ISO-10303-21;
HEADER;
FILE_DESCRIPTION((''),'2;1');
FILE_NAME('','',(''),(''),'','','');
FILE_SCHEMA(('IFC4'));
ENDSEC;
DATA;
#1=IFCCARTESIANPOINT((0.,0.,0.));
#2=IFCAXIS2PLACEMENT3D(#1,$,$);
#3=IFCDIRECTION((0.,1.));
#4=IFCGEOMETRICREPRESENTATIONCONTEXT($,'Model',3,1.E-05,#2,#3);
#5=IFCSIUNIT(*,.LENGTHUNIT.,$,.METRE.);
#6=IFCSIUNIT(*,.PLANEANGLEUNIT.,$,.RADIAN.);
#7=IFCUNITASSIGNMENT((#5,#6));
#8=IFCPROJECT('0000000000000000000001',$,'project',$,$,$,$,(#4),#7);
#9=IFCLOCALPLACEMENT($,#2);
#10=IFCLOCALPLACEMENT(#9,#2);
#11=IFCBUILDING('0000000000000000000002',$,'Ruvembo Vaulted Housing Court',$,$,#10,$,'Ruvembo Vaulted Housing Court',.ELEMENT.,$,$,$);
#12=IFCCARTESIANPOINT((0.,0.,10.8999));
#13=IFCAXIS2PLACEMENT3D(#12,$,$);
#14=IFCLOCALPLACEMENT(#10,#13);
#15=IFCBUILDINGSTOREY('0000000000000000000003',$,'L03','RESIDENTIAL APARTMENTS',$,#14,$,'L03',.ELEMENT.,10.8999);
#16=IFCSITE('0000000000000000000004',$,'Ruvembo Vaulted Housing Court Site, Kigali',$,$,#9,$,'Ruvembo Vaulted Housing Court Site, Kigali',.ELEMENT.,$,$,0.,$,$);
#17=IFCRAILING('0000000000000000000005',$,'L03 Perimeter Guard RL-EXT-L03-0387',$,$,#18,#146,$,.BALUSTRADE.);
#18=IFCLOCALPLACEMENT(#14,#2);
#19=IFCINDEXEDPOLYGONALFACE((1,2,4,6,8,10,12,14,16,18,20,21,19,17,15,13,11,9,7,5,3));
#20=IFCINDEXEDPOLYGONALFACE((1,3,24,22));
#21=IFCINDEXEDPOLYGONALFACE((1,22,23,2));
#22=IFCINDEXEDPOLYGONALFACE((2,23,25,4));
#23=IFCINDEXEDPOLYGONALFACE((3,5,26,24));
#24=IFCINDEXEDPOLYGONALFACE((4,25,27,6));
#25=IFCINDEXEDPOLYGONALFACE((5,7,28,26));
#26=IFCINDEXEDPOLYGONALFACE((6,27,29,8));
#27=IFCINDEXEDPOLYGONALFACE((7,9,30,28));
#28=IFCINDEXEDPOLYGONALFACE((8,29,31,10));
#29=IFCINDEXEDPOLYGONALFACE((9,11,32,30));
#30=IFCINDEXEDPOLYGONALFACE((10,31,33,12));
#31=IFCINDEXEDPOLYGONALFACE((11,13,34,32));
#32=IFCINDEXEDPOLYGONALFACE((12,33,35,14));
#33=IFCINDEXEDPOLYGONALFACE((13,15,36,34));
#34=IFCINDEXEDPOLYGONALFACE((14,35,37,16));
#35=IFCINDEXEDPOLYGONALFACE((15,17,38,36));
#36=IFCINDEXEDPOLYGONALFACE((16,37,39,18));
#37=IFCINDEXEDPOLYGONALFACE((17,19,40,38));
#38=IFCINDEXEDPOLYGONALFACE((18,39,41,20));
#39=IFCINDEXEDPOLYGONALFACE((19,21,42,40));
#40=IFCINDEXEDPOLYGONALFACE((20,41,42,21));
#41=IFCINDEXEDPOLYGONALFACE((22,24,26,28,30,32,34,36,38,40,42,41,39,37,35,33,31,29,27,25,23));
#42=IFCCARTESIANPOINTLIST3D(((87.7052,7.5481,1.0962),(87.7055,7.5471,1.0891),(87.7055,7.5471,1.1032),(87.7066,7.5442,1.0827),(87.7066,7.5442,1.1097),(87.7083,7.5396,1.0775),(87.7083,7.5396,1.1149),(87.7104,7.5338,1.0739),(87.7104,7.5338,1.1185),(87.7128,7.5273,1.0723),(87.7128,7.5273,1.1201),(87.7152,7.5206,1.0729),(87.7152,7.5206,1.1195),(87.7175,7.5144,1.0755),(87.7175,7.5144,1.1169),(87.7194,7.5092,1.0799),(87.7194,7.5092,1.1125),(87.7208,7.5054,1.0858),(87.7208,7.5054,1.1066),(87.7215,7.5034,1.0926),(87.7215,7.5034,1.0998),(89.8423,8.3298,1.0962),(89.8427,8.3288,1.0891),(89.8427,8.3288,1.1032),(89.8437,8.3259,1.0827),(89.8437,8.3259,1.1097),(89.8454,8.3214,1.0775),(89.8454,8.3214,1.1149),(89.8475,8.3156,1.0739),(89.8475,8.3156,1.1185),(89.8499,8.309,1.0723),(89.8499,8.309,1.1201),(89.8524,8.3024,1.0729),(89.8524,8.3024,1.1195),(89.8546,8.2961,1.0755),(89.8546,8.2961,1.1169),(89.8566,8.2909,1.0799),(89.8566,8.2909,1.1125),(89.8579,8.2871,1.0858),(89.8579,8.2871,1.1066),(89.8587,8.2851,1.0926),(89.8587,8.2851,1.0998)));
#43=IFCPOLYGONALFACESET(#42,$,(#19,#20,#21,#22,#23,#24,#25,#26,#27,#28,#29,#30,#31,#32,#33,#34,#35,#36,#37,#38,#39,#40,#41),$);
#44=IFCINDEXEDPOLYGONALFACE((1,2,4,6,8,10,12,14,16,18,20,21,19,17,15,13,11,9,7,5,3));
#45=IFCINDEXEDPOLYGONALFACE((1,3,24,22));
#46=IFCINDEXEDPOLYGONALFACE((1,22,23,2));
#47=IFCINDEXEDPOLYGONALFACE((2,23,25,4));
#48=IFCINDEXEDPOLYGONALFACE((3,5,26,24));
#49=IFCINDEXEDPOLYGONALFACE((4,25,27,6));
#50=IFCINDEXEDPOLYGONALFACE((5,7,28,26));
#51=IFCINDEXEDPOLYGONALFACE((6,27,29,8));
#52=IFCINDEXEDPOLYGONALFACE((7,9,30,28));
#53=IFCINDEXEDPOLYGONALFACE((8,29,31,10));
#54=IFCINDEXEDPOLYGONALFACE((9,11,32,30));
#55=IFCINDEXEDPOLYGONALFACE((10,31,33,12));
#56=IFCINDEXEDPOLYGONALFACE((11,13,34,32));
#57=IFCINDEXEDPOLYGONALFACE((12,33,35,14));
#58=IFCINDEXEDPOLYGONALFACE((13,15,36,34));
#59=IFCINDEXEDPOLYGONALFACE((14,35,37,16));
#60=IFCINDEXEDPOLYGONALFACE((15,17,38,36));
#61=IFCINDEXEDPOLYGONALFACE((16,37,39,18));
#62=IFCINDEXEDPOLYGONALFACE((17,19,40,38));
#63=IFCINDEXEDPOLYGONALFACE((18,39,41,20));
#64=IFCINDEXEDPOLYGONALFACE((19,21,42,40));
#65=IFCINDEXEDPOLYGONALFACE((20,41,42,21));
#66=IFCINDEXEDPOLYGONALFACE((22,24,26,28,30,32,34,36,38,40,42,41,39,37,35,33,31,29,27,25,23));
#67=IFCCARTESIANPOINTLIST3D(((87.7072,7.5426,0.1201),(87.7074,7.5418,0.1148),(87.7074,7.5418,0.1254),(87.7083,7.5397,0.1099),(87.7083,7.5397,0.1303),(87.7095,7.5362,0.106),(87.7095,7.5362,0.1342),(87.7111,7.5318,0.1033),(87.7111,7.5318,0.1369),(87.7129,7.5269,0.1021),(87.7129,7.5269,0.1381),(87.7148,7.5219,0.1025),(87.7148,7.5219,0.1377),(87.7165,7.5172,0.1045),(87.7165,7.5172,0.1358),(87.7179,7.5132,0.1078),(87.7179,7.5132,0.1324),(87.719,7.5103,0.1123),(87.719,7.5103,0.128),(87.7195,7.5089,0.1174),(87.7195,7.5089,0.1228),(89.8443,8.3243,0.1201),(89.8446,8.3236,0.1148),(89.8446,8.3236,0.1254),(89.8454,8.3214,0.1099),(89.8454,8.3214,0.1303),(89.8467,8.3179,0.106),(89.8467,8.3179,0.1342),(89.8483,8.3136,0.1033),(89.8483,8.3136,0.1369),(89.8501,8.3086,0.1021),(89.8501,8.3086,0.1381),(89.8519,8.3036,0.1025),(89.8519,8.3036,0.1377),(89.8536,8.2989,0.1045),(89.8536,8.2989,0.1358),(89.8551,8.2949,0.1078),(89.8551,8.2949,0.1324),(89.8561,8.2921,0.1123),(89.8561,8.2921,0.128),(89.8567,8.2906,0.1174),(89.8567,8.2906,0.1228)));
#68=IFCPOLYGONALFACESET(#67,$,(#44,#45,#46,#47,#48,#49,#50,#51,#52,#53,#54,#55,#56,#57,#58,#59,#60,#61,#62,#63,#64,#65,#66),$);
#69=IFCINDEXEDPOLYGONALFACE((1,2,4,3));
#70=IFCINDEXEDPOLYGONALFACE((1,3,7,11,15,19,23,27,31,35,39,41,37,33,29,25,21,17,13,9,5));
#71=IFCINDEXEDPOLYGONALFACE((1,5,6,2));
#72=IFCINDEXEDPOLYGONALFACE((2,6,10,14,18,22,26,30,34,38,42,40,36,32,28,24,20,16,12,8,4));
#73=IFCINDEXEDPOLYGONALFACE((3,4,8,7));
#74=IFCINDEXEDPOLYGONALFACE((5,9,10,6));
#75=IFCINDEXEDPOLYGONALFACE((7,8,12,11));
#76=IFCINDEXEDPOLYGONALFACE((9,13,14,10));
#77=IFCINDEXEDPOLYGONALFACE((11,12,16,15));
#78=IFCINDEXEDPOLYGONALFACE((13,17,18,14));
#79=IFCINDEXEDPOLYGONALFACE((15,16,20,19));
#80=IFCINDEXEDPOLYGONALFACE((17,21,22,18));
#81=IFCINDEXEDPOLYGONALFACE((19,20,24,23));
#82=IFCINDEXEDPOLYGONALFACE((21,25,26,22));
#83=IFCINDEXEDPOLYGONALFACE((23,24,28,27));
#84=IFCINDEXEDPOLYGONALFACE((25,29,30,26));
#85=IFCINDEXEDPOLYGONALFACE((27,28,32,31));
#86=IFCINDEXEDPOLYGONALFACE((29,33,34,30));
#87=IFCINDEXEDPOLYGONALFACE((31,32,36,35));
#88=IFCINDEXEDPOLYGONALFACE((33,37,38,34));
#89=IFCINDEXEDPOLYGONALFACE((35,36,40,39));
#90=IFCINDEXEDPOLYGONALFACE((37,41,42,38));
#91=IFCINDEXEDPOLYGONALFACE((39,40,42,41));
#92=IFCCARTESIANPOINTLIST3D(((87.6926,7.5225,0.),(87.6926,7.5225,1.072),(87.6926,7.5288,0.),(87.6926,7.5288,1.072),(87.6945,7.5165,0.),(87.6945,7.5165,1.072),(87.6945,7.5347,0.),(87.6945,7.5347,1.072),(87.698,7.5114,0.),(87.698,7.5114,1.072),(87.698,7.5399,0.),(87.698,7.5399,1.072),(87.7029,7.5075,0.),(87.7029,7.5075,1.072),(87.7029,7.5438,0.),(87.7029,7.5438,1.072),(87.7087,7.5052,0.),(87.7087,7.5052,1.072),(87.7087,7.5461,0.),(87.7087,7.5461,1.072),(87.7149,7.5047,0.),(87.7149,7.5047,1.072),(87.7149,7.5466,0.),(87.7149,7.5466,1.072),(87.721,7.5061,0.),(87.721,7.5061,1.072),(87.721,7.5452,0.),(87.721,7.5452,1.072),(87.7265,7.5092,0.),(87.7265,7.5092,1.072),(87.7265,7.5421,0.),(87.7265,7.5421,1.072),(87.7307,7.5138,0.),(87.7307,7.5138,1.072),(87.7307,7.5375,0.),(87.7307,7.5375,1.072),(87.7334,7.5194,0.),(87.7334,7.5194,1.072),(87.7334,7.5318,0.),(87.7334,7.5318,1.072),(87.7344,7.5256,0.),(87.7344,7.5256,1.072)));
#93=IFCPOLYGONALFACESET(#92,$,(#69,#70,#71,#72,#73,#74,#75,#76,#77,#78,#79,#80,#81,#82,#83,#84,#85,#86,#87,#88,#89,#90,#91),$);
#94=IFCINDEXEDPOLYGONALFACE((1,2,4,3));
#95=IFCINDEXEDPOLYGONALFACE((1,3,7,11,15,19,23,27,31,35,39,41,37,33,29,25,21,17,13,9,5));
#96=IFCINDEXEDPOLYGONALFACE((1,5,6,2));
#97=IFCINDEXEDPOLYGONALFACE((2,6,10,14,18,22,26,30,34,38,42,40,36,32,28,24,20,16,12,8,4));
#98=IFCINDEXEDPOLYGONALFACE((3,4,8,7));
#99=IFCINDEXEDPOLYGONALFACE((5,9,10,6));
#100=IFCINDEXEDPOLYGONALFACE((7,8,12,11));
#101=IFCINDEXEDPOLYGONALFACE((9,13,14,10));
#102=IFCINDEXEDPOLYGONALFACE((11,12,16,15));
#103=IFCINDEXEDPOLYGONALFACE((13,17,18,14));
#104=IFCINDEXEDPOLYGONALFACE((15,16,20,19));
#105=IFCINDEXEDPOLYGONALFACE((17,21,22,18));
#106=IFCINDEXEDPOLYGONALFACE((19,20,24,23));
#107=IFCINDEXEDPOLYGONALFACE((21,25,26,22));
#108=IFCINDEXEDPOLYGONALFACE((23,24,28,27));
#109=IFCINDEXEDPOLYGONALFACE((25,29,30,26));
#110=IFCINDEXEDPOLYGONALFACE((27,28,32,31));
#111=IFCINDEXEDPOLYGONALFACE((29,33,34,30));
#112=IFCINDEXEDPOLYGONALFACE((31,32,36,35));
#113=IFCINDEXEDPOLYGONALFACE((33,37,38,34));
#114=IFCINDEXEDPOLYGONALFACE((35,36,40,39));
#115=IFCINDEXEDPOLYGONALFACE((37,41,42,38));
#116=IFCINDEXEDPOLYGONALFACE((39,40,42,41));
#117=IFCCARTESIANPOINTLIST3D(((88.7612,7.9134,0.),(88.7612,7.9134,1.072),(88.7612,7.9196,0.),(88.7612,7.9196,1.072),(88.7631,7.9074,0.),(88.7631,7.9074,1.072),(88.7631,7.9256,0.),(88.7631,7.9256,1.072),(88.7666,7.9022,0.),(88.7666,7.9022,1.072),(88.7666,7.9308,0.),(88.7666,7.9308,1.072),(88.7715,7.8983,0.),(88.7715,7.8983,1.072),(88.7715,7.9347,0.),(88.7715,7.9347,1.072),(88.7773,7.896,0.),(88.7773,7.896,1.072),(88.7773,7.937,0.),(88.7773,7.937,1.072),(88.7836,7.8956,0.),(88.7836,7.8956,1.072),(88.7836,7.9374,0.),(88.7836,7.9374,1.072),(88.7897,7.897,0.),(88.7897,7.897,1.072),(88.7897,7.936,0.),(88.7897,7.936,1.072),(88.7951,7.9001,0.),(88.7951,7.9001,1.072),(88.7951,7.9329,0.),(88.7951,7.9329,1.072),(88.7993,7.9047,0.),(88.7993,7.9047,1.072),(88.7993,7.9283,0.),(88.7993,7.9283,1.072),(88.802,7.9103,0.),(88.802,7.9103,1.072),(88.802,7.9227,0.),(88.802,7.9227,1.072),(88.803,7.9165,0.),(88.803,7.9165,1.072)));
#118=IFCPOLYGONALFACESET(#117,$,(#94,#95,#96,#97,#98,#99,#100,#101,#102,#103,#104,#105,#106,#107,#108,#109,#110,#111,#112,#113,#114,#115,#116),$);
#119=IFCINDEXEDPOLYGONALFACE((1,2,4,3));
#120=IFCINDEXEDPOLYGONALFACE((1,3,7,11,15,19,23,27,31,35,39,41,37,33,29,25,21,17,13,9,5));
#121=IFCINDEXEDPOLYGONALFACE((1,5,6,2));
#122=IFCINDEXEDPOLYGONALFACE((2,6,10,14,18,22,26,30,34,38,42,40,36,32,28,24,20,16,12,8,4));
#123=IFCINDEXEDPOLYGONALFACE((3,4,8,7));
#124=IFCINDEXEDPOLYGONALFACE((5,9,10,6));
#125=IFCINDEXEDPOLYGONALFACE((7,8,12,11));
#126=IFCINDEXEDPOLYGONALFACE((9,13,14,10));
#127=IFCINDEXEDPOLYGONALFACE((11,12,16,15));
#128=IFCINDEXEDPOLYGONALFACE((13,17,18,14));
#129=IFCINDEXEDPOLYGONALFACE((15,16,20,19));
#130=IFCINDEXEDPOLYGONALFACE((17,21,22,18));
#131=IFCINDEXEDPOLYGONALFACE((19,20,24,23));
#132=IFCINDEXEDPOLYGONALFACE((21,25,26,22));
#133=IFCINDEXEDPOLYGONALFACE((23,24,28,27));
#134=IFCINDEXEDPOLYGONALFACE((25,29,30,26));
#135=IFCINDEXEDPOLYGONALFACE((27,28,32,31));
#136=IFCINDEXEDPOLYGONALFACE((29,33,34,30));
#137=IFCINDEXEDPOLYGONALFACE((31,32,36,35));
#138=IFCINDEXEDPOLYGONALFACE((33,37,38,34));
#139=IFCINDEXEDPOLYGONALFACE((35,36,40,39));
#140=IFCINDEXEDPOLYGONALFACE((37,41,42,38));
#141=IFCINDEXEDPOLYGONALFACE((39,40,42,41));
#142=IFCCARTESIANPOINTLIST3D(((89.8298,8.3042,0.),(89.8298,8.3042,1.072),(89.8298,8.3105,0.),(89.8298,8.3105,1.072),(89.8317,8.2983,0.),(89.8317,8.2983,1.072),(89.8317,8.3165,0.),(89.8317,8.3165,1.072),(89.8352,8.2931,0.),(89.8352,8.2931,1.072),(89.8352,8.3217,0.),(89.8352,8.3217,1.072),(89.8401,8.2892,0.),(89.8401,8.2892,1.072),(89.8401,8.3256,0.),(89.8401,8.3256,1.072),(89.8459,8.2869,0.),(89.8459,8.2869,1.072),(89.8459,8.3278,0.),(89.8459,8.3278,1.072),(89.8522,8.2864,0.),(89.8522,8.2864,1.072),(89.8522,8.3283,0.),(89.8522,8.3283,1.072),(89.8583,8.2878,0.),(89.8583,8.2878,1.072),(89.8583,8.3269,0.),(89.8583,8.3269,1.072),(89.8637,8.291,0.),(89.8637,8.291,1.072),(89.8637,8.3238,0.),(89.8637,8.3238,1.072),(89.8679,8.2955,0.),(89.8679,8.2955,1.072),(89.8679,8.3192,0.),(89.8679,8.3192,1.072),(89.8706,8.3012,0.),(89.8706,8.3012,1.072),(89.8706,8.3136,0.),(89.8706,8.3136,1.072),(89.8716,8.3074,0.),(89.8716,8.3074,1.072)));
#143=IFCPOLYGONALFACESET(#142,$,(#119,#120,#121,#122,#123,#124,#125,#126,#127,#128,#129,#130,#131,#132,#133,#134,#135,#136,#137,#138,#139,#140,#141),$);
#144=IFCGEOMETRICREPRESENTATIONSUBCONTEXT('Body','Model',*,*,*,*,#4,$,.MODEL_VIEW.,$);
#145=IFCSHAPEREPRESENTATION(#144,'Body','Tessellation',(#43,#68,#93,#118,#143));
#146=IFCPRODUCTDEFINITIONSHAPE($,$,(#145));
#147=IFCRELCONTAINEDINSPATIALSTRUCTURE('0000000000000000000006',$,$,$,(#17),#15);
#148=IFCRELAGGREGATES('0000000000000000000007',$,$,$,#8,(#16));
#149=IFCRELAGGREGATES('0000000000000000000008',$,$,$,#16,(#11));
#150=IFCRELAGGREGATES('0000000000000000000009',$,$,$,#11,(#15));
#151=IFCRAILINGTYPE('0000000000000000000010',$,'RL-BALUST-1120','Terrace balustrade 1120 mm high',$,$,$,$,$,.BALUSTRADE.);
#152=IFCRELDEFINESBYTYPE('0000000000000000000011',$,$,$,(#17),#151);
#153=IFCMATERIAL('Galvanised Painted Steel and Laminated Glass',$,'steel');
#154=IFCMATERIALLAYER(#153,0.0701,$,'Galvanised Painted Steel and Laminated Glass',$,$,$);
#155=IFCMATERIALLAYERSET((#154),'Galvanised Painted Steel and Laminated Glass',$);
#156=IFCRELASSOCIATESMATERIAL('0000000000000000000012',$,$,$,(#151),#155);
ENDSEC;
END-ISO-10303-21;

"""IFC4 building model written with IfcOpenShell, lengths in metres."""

from ifc_helpers import new_model, si_unit, direction, frame, origin, origin_2d, place, context, subcontext, project, spatial, circle, extrude, material, layer, layer_set, type_object, element, save


model = new_model("IFC4")

# Units and contexts
model_context = context("Model", 3, precision=1e-05, world=origin(), true_north=direction((0.0, 1.0)))
body_context = subcontext(model_context, "Body", "Model", "MODEL_VIEW")
ifc_project = project(units=[si_unit("LENGTHUNIT", "METRE"), si_unit("PLANEANGLEUNIT", "RADIAN")], contexts=[model_context])

# Site, building, storey
site_placement = place(None, origin())
site = spatial("IfcSite", under=ifc_project, at=site_placement, Name="Ruvembo Vaulted Housing Court Site, Kigali", LongName="Ruvembo Vaulted Housing Court Site, Kigali", CompositionType="ELEMENT", RefElevation=0.0)
building_placement = place(site_placement, origin())
building = spatial("IfcBuilding", under=site, at=building_placement, Name="Ruvembo Vaulted Housing Court", LongName="Ruvembo Vaulted Housing Court", CompositionType="ELEMENT")
storey_placement = place(building_placement, frame((0.0, 0.0, 10.8999)))
storey = spatial("IfcBuildingStorey", under=building, at=storey_placement, Name="L03", Description="RESIDENTIAL APARTMENTS", LongName="L03", CompositionType="ELEMENT", Elevation=10.8999)

# Railing
ifc_material_1 = material(Name="Galvanised Painted Steel and Laminated Glass", Category="steel")
ifc_layer_1 = layer(ifc_material_1, 0.0701, Name="Galvanised Painted Steel and Laminated Glass")
ifc_layer_set_1 = layer_set([ifc_layer_1], Name="Galvanised Painted Steel and Laminated Glass")
railing_type = type_object("IfcRailingType", Name="RL-BALUST-1120", Description="Terrace balustrade 1120 mm high", PredefinedType="BALUSTRADE", material=ifc_layer_set_1)
railing_1_placement = place(storey_placement, frame((87.7134, 7.5256, 0.0)))
element("IfcRailing", 1, at=railing_1_placement, inside=storey, type_object=railing_type, Name="L03 Perimeter Guard RL-EXT-L03-0387", PredefinedType="BALUSTRADE", context=body_context, shape_type="SweptSolid", body=[
    extrude(circle(Radius=0.0239, at=origin_2d()), frame((0.0, 0.0, 1.0962), z_axis=(0.939146, 0.343517, 0.0), x_axis=(-0.343517, 0.939146, 0.0)), (0.0, 0.0, 1.0), 2.2756),
    extrude(circle(Radius=0.0181, at=origin_2d()), frame((0.0, 0.0, 0.1201), z_axis=(0.939146, 0.343517, 0.0), x_axis=(-0.343517, 0.939146, 0.0)), (0.0, 0.0, 1.0), 2.2756),
    extrude(circle(Radius=0.021, at=origin_2d()), origin(), (0.0, 0.0, 1.0), 1.072),
    extrude(circle(Radius=0.021, at=origin_2d()), frame((1.0686, 0.3909, 0.0)), (0.0, 0.0, 1.0), 1.072),
    extrude(circle(Radius=0.021, at=origin_2d()), frame((2.1372, 0.7817, 0.0)), (0.0, 0.0, 1.0), 1.072),
])

save(model, "model.ifc")
